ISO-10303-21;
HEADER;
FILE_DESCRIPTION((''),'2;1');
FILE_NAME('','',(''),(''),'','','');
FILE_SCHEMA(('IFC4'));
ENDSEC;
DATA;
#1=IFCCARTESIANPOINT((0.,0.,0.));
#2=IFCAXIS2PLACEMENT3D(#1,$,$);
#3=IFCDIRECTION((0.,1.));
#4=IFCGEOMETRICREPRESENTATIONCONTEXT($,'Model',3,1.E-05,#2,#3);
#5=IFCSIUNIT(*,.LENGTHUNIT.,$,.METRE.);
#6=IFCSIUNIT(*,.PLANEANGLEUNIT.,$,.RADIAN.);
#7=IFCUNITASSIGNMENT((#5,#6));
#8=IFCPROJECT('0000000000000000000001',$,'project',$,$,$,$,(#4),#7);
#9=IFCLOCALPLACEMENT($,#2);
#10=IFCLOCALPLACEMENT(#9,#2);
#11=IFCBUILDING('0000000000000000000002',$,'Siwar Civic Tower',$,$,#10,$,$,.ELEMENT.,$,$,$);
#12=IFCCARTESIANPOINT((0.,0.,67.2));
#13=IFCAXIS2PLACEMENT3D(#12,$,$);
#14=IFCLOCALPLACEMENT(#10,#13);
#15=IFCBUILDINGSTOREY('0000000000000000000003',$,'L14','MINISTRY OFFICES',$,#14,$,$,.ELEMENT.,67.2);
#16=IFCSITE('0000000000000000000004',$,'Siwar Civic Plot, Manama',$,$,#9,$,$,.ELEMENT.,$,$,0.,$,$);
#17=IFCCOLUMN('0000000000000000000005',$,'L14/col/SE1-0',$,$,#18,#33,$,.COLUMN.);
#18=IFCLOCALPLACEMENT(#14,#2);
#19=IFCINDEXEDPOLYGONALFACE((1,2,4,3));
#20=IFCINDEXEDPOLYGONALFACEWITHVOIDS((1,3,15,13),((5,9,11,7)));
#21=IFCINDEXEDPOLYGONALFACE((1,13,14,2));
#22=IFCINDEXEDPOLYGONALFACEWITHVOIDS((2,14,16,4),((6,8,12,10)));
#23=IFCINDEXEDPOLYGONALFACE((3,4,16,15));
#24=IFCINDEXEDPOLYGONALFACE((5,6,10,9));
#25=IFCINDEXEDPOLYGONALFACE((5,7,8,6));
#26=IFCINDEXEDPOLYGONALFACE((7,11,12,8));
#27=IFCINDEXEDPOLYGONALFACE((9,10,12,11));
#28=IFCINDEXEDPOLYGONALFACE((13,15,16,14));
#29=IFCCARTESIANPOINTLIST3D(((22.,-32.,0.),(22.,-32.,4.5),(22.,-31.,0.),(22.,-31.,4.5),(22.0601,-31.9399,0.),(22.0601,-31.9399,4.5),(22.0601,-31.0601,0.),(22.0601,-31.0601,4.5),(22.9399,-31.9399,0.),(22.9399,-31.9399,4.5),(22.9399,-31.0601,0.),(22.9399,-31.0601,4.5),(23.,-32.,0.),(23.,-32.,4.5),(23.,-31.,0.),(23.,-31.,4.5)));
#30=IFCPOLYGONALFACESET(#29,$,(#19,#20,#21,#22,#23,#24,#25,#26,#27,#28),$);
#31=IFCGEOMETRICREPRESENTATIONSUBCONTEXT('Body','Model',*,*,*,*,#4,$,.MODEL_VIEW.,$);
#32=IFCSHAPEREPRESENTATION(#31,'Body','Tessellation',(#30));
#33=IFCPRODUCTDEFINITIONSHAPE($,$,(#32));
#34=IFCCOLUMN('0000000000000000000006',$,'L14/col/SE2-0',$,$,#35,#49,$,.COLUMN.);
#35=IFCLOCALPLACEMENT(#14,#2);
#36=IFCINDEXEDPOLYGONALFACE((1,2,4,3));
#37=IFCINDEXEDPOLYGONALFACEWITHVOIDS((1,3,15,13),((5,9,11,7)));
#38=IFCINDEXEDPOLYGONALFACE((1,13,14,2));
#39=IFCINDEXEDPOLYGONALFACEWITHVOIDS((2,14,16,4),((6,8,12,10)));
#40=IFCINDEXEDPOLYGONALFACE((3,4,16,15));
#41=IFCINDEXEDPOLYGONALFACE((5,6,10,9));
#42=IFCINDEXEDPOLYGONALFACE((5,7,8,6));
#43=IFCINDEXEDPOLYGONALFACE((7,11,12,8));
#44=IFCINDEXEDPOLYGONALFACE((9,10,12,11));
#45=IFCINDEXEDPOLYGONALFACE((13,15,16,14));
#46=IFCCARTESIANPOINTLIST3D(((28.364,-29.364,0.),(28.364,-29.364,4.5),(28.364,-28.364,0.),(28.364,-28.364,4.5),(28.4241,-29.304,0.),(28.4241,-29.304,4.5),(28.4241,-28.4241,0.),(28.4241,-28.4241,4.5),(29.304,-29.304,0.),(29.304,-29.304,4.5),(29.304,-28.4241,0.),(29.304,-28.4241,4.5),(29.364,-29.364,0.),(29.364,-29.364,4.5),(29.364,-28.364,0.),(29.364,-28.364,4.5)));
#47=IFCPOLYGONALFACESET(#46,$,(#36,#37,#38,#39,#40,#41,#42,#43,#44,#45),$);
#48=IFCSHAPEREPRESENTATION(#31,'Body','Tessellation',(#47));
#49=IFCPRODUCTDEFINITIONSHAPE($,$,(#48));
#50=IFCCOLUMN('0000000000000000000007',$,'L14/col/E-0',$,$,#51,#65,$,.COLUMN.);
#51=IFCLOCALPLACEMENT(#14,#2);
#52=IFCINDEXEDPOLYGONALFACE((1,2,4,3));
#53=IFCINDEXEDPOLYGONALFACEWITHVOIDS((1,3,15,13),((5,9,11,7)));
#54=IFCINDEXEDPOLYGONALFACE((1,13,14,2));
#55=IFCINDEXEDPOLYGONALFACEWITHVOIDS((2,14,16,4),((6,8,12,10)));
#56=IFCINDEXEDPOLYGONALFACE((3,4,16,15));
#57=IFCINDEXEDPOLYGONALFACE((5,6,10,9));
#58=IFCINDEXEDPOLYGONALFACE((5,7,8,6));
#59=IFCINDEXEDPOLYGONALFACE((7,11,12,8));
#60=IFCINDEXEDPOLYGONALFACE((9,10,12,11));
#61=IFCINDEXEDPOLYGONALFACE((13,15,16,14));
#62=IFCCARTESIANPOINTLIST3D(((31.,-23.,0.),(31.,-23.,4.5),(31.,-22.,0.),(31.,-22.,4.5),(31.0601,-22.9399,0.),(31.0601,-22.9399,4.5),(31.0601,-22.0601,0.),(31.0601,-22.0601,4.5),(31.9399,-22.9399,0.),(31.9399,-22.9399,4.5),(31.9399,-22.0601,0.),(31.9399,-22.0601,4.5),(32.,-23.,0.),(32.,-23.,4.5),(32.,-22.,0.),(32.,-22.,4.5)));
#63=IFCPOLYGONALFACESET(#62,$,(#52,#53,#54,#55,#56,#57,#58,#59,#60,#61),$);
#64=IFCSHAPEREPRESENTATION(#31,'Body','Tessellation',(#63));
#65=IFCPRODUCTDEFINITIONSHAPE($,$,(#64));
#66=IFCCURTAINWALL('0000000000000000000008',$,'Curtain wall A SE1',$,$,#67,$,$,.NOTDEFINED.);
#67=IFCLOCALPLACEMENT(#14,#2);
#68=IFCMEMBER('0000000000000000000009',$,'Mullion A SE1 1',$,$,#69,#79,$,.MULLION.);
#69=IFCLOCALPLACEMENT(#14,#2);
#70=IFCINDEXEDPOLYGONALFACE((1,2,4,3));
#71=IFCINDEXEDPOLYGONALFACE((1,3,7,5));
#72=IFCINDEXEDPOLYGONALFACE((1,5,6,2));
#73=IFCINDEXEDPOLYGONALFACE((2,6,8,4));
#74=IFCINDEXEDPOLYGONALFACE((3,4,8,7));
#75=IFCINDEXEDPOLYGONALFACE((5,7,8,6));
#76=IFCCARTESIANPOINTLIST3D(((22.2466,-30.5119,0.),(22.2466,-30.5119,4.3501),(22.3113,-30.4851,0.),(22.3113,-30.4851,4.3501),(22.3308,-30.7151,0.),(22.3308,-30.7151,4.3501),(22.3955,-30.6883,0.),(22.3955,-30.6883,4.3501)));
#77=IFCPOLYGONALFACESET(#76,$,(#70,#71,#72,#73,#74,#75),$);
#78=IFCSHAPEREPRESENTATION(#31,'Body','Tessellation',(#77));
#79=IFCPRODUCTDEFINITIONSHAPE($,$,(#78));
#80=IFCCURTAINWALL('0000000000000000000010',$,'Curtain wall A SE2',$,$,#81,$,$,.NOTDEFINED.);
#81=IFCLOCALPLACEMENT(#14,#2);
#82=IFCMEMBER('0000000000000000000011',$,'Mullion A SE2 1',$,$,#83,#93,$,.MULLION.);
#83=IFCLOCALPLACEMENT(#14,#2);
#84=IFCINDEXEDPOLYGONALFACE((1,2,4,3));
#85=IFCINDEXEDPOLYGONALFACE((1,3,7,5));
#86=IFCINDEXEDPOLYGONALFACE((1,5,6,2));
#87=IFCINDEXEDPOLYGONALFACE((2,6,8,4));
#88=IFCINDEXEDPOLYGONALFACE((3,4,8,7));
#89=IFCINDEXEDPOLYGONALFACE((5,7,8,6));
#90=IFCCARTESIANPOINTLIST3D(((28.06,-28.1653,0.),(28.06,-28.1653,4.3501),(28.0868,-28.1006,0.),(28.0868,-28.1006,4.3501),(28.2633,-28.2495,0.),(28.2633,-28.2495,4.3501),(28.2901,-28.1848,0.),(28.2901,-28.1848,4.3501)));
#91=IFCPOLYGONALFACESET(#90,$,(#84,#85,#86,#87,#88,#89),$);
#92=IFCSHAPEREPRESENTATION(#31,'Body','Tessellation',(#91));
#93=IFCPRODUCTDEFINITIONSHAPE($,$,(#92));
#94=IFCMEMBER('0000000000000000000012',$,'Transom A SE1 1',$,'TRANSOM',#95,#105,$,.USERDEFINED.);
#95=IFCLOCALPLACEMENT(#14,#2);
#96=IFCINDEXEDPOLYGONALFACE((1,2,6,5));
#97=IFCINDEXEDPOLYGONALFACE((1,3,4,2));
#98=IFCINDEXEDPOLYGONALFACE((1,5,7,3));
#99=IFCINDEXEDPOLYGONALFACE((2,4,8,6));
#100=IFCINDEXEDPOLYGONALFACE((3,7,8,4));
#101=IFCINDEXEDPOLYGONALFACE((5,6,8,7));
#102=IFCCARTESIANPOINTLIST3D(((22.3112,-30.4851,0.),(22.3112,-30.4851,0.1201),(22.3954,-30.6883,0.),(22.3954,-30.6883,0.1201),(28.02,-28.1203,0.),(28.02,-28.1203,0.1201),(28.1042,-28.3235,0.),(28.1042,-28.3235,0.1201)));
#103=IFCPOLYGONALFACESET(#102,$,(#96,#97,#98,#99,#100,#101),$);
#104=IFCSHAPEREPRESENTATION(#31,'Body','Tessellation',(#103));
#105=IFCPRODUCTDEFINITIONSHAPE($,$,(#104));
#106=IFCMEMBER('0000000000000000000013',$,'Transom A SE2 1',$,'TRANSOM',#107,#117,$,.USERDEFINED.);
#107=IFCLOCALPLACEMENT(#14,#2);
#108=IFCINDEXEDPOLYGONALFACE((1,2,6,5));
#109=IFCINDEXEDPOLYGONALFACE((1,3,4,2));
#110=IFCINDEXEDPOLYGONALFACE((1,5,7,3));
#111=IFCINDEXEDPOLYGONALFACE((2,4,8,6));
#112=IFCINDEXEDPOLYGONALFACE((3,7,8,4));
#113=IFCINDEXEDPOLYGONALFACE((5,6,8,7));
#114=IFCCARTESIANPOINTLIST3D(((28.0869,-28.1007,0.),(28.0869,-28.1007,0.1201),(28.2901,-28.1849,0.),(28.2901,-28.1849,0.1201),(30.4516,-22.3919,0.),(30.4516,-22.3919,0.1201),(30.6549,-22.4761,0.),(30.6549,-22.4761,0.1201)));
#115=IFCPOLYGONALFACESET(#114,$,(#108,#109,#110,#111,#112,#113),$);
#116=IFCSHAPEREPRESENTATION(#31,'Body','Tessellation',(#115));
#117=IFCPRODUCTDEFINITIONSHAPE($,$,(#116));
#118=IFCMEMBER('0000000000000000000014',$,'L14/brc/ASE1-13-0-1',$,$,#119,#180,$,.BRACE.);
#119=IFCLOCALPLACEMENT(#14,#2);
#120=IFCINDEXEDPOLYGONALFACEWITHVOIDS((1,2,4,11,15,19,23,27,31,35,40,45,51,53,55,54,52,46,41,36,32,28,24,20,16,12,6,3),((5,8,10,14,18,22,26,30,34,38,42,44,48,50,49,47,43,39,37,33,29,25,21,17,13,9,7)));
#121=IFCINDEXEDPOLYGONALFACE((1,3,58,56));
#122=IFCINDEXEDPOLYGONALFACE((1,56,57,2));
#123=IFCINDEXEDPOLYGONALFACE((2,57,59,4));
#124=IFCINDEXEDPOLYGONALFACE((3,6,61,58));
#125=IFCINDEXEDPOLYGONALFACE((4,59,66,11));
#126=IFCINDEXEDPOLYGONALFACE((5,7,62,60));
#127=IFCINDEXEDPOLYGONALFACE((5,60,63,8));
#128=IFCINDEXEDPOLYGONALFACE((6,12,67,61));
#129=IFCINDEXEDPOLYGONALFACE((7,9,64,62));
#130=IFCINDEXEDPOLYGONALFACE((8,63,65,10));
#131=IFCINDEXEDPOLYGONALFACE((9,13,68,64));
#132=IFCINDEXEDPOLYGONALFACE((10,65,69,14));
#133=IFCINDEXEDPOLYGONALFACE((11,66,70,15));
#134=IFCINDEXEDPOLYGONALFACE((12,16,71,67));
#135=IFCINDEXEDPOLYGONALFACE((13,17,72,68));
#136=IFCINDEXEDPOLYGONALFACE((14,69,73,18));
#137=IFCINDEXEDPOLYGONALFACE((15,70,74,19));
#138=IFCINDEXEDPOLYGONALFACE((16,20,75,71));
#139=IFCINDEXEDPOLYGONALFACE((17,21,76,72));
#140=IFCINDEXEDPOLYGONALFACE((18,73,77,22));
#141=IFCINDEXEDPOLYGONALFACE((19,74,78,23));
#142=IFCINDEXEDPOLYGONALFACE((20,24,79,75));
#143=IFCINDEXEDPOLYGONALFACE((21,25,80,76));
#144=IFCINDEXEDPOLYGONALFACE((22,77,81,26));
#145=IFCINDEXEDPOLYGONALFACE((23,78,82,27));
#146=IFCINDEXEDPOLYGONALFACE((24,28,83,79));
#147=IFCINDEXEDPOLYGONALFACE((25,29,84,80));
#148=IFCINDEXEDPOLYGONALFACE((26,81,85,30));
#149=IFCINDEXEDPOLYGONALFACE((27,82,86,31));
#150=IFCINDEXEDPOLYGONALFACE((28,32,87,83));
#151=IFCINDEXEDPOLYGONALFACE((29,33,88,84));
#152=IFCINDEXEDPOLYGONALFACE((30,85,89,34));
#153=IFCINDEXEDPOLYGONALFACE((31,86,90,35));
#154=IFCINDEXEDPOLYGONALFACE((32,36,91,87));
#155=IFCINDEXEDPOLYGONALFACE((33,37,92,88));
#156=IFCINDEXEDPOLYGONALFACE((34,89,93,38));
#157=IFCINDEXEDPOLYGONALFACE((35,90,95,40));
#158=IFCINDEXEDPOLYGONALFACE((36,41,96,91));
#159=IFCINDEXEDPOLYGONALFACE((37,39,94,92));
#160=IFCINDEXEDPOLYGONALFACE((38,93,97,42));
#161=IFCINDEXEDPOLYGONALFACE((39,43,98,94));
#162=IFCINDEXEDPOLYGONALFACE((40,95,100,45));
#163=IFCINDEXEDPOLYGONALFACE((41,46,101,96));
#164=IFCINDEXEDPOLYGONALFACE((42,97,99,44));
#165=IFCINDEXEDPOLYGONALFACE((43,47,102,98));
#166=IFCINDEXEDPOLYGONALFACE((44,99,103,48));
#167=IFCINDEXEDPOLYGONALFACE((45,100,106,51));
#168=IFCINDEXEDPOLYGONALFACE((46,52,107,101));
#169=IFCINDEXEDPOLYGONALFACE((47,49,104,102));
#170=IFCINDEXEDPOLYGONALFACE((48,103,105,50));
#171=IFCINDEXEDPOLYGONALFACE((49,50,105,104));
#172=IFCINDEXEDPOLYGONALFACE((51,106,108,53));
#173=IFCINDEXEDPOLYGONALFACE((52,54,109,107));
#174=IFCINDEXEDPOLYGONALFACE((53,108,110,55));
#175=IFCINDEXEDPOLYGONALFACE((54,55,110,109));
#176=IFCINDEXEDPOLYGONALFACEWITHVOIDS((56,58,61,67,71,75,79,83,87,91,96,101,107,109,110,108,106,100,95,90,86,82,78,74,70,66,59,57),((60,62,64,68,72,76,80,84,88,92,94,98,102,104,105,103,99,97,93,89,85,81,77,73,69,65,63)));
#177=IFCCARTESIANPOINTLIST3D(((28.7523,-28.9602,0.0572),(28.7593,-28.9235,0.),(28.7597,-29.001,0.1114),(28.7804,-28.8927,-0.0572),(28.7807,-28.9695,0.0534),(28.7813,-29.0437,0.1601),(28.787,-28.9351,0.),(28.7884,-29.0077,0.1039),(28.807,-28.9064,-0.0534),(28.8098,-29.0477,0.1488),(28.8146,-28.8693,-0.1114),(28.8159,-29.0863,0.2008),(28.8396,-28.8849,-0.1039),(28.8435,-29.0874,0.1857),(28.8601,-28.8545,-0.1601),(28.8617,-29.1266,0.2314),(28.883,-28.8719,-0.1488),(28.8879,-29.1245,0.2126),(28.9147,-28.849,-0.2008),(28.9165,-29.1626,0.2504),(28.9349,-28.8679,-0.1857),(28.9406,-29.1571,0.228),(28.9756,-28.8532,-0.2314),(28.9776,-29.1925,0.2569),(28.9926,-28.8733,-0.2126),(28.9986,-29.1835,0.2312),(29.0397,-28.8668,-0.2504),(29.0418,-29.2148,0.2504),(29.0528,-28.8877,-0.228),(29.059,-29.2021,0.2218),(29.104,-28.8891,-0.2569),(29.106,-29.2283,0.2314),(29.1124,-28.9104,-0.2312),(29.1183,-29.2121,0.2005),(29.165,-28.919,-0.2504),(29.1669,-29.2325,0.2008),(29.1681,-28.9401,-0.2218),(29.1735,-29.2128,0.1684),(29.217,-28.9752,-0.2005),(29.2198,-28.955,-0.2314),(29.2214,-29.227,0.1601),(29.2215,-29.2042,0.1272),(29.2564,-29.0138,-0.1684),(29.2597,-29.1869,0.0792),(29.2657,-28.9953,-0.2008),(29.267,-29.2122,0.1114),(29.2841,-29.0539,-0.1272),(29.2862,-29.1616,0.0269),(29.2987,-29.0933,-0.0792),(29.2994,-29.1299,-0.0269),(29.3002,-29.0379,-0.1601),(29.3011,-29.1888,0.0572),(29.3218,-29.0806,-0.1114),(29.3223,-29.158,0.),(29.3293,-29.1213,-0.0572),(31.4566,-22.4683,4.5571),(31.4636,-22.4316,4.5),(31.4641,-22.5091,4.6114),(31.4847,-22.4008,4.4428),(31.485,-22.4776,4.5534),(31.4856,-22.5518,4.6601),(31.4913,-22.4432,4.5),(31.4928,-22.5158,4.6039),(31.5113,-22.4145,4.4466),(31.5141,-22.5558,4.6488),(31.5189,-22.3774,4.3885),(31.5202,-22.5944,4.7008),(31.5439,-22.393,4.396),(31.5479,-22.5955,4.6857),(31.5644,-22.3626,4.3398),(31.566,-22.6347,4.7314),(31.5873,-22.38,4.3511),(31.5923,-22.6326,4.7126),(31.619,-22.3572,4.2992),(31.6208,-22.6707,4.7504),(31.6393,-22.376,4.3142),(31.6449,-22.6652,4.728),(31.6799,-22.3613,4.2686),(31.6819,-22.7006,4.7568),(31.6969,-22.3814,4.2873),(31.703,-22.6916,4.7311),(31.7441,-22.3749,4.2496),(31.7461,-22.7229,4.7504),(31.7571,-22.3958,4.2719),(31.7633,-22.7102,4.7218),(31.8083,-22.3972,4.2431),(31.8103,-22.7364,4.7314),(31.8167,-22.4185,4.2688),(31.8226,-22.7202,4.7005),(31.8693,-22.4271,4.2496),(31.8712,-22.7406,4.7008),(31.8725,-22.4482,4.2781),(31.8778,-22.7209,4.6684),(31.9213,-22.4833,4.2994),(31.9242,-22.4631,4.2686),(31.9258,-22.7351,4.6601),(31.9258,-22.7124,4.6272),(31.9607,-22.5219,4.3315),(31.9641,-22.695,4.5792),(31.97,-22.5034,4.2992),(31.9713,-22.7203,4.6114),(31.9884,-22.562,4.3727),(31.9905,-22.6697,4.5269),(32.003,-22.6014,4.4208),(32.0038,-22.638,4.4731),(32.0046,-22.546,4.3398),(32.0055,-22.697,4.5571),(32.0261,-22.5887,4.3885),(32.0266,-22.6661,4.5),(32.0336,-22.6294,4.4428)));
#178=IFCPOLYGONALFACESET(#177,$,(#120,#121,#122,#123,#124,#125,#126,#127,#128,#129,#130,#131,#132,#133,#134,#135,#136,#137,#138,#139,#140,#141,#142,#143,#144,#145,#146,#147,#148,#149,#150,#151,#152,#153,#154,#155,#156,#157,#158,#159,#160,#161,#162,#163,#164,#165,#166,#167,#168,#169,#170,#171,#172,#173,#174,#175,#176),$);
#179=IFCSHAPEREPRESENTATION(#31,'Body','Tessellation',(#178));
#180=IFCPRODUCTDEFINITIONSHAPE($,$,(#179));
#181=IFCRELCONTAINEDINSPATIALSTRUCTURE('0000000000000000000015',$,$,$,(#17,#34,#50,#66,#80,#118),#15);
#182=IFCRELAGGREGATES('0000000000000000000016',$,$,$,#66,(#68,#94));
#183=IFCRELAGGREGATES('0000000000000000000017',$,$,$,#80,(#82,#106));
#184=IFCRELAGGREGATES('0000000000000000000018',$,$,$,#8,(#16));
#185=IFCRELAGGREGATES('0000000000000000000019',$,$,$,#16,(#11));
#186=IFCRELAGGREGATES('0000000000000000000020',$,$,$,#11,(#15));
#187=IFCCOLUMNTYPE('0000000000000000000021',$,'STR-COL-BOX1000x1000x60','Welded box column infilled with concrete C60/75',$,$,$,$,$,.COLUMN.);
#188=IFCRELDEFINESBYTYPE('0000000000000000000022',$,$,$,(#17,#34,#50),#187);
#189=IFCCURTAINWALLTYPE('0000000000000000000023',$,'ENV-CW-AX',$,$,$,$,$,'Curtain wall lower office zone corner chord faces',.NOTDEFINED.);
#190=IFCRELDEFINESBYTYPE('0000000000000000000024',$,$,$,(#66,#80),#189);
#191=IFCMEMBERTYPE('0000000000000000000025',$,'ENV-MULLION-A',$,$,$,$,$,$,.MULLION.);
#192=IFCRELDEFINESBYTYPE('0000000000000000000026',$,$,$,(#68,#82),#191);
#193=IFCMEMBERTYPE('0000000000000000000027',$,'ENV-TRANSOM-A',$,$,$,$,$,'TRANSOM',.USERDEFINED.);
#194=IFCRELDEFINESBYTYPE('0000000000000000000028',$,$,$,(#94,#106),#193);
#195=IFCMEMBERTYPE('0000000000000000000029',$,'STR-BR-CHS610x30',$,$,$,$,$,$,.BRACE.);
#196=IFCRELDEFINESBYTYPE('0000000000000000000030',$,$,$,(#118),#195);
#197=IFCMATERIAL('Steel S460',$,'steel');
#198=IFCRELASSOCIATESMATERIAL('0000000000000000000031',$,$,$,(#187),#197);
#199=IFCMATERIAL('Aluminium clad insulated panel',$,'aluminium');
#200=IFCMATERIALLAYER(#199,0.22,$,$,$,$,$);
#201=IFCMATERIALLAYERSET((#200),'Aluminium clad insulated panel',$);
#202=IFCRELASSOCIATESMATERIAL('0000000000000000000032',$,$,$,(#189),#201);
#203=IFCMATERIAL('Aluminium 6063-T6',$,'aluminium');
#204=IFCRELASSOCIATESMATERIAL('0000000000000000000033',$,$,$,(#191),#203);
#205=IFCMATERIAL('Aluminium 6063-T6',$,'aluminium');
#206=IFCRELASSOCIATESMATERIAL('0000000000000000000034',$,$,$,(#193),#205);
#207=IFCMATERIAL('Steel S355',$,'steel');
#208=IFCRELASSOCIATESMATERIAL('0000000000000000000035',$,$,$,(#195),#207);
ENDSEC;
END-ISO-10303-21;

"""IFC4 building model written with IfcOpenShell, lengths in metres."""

from ifc_helpers import new_model, si_unit, direction, frame, origin, origin_2d, place, context, subcontext, project, spatial, rectangle, hollow_rectangle, hollow_circle, extrude, material, layer, layer_set, material_profile, profile_set, type_object, element, aggregate, save


model = new_model("IFC4")

# Units and contexts
model_context = context("Model", 3, precision=1e-05, world=origin(), true_north=direction((0.0, 1.0)))
body_context = subcontext(model_context, "Body", "Model", "MODEL_VIEW")
ifc_project = project(units=[si_unit("LENGTHUNIT", "METRE"), si_unit("PLANEANGLEUNIT", "RADIAN")], contexts=[model_context])

# Site, building, storey
site_placement = place(None, origin())
site = spatial("IfcSite", under=ifc_project, at=site_placement, Name="Siwar Civic Plot, Manama", CompositionType="ELEMENT", RefElevation=0.0)
building_placement = place(site_placement, origin())
building = spatial("IfcBuilding", under=site, at=building_placement, Name="Siwar Civic Tower", CompositionType="ELEMENT")
storey_placement = place(building_placement, frame((0.0, 0.0, 67.2)))
storey = spatial("IfcBuildingStorey", under=building, at=storey_placement, Name="L14", Description="MINISTRY OFFICES", CompositionType="ELEMENT", Elevation=67.2)

# Columns
ifc_material_1 = material(Name="Steel S460", Category="steel")
ifc_material_profile_1 = material_profile(ifc_material_1, hollow_rectangle(XDim=1.0, YDim=1.0, WallThickness=0.0601, at=origin_2d()), Name="BOX1000x1000x60")
ifc_profile_set_1 = profile_set([ifc_material_profile_1], Name="Steel S460")
column_type = type_object("IfcColumnType", Name="STR-COL-BOX1000x1000x60", Description="Welded box column infilled with concrete C60/75", PredefinedType="COLUMN", material=ifc_profile_set_1)
for number, where, z_axis, x_axis, name in (
    (1, (22.5, -31.5, 0.0), (0.0, 0.0, 1.0), (1.0, 0.0, 0.0), "L14/col/SE1-0"),
    (2, (28.864, -28.864, 0.0), (0.0, 0.0, 1.0), (1.0, 0.0, 0.0), "L14/col/SE2-0"),
    (3, (31.5, -22.5, 0.0), (0.0, 0.0, 1.0), (1.0, 0.0, 0.0), "L14/col/E-0"),
):
    element("IfcColumn", number, at=place(storey_placement, frame(where, z_axis=z_axis, x_axis=x_axis)), inside=storey, type_object=column_type, Name=name, PredefinedType="COLUMN", context=body_context, shape_type="SweptSolid", body=[
        extrude(hollow_rectangle(XDim=1.0, YDim=1.0, WallThickness=0.0601, at=origin_2d()), origin(), (0.0, 0.0, 1.0), 4.5),
    ])

# Curtain walls, members
ifc_material_2 = material(Name="Aluminium clad insulated panel", Category="aluminium")
ifc_layer_1 = layer(ifc_material_2, 0.22)
ifc_layer_set_1 = layer_set([ifc_layer_1], Name="Aluminium clad insulated panel")
curtain_wall_type_1 = type_object("IfcCurtainWallType", Name="ENV-CW-AX", ElementType="Curtain wall lower office zone corner chord faces", PredefinedType="NOTDEFINED", material=ifc_layer_set_1)
curtain_wall_1_placement = place(storey_placement, origin())
curtain_wall_1 = element("IfcCurtainWall", 4, at=curtain_wall_1_placement, inside=storey, type_object=curtain_wall_type_1, Name="Curtain wall A SE1", PredefinedType="NOTDEFINED")
ifc_material_3 = material(Name="Aluminium 6063-T6", Category="aluminium")
ifc_material_profile_2 = material_profile(ifc_material_3, rectangle(XDim=0.22, YDim=0.0701, at=origin_2d()), Name="AL 220x70")
ifc_profile_set_2 = profile_set([ifc_material_profile_2], Name="Aluminium 6063-T6")
member_type_1 = type_object("IfcMemberType", Name="ENV-MULLION-A", PredefinedType="MULLION", material=ifc_profile_set_2)
member_1_placement = place(storey_placement, frame((22.321, -30.6001, 0.0), z_axis=(0.0, 0.0, 1.0), x_axis=(-0.382683, 0.92388, 0.0)))
member_1 = element("IfcMember", 5, at=member_1_placement, type_object=member_type_1, Name="Mullion A SE1 1", PredefinedType="MULLION", context=body_context, shape_type="SweptSolid", body=[
    extrude(rectangle(XDim=0.22, YDim=0.0701, at=origin_2d()), origin(), (0.0, 0.0, 1.0), 4.3501),
])
curtain_wall_2_placement = place(storey_placement, origin())
curtain_wall_2 = element("IfcCurtainWall", 6, at=curtain_wall_2_placement, inside=storey, type_object=curtain_wall_type_1, Name="Curtain wall A SE2", PredefinedType="NOTDEFINED")
member_2_placement = place(storey_placement, frame((28.175, -28.175, 0.0), z_axis=(0.0, 0.0, 1.0), x_axis=(-0.92388, 0.382683, 0.0)))
member_2 = element("IfcMember", 7, at=member_2_placement, type_object=member_type_1, Name="Mullion A SE2 1", PredefinedType="MULLION", context=body_context, shape_type="SweptSolid", body=[
    extrude(rectangle(XDim=0.22, YDim=0.0701, at=origin_2d()), origin(), (0.0, 0.0, 1.0), 4.3501),
])

# Members
ifc_material_4 = material(Name="Aluminium 6063-T6", Category="aluminium")
ifc_material_profile_3 = material_profile(ifc_material_4, rectangle(XDim=0.22, YDim=0.1201, at=origin_2d()), Name="AL 220x120")
ifc_profile_set_3 = profile_set([ifc_material_profile_3], Name="Aluminium 6063-T6")
member_type_2 = type_object("IfcMemberType", Name="ENV-TRANSOM-A", ElementType="TRANSOM", PredefinedType="USERDEFINED", material=ifc_profile_set_3)
member_3_placement = place(storey_placement, frame((22.3533, -30.5867, 0.0601), z_axis=(0.923873, 0.382698, 0.0), x_axis=(-0.382698, 0.923873, 0.0)))
member_3 = element("IfcMember", 8, at=member_3_placement, type_object=member_type_2, Name="Transom A SE1 1", ObjectType="TRANSOM", PredefinedType="USERDEFINED", context=body_context, shape_type="SweptSolid", body=[
    extrude(rectangle(XDim=0.22, YDim=0.1201, at=origin_2d()), origin(), (0.0, 0.0, 1.0), 6.1792),
])
member_4_placement = place(storey_placement, frame((28.1885, -28.1428, 0.0601), z_axis=(0.382698, 0.923873, 0.0), x_axis=(-0.923873, 0.382698, 0.0)))
member_4 = element("IfcMember", 9, at=member_4_placement, type_object=member_type_2, Name="Transom A SE2 1", ObjectType="TRANSOM", PredefinedType="USERDEFINED", context=body_context, shape_type="SweptSolid", body=[
    extrude(rectangle(XDim=0.22, YDim=0.1201, at=origin_2d()), origin(), (0.0, 0.0, 1.0), 6.1792),
])

# Member
ifc_material_5 = material(Name="Steel S355", Category="steel")
ifc_material_profile_4 = material_profile(ifc_material_5, hollow_circle(Radius=0.3049, WallThickness=0.03, at=origin_2d()), Name="CHS610x30")
ifc_profile_set_4 = profile_set([ifc_material_profile_4], Name="Steel S355")
member_type_3 = type_object("IfcMemberType", Name="STR-BR-CHS610x30", PredefinedType="BRACE", material=ifc_profile_set_4)
member_5_placement = place(storey_placement, frame((29.0408, -29.0408, 0.0), z_axis=(0.323906, 0.777555, 0.538975), x_axis=(-0.923109, 0.384539, 0.0)))
element("IfcMember", 10, at=member_5_placement, inside=storey, type_object=member_type_3, Name="L14/brc/ASE1-13-0-1", PredefinedType="BRACE", context=body_context, shape_type="SweptSolid", body=[
    extrude(hollow_circle(Radius=0.3049, WallThickness=0.03, at=origin_2d()), origin(), (0.0, 0.0, 1.0), 8.3491),
])

aggregate(curtain_wall_1, [member_1, member_3])
aggregate(curtain_wall_2, [member_2, member_4])

save(model, "model.ifc")
